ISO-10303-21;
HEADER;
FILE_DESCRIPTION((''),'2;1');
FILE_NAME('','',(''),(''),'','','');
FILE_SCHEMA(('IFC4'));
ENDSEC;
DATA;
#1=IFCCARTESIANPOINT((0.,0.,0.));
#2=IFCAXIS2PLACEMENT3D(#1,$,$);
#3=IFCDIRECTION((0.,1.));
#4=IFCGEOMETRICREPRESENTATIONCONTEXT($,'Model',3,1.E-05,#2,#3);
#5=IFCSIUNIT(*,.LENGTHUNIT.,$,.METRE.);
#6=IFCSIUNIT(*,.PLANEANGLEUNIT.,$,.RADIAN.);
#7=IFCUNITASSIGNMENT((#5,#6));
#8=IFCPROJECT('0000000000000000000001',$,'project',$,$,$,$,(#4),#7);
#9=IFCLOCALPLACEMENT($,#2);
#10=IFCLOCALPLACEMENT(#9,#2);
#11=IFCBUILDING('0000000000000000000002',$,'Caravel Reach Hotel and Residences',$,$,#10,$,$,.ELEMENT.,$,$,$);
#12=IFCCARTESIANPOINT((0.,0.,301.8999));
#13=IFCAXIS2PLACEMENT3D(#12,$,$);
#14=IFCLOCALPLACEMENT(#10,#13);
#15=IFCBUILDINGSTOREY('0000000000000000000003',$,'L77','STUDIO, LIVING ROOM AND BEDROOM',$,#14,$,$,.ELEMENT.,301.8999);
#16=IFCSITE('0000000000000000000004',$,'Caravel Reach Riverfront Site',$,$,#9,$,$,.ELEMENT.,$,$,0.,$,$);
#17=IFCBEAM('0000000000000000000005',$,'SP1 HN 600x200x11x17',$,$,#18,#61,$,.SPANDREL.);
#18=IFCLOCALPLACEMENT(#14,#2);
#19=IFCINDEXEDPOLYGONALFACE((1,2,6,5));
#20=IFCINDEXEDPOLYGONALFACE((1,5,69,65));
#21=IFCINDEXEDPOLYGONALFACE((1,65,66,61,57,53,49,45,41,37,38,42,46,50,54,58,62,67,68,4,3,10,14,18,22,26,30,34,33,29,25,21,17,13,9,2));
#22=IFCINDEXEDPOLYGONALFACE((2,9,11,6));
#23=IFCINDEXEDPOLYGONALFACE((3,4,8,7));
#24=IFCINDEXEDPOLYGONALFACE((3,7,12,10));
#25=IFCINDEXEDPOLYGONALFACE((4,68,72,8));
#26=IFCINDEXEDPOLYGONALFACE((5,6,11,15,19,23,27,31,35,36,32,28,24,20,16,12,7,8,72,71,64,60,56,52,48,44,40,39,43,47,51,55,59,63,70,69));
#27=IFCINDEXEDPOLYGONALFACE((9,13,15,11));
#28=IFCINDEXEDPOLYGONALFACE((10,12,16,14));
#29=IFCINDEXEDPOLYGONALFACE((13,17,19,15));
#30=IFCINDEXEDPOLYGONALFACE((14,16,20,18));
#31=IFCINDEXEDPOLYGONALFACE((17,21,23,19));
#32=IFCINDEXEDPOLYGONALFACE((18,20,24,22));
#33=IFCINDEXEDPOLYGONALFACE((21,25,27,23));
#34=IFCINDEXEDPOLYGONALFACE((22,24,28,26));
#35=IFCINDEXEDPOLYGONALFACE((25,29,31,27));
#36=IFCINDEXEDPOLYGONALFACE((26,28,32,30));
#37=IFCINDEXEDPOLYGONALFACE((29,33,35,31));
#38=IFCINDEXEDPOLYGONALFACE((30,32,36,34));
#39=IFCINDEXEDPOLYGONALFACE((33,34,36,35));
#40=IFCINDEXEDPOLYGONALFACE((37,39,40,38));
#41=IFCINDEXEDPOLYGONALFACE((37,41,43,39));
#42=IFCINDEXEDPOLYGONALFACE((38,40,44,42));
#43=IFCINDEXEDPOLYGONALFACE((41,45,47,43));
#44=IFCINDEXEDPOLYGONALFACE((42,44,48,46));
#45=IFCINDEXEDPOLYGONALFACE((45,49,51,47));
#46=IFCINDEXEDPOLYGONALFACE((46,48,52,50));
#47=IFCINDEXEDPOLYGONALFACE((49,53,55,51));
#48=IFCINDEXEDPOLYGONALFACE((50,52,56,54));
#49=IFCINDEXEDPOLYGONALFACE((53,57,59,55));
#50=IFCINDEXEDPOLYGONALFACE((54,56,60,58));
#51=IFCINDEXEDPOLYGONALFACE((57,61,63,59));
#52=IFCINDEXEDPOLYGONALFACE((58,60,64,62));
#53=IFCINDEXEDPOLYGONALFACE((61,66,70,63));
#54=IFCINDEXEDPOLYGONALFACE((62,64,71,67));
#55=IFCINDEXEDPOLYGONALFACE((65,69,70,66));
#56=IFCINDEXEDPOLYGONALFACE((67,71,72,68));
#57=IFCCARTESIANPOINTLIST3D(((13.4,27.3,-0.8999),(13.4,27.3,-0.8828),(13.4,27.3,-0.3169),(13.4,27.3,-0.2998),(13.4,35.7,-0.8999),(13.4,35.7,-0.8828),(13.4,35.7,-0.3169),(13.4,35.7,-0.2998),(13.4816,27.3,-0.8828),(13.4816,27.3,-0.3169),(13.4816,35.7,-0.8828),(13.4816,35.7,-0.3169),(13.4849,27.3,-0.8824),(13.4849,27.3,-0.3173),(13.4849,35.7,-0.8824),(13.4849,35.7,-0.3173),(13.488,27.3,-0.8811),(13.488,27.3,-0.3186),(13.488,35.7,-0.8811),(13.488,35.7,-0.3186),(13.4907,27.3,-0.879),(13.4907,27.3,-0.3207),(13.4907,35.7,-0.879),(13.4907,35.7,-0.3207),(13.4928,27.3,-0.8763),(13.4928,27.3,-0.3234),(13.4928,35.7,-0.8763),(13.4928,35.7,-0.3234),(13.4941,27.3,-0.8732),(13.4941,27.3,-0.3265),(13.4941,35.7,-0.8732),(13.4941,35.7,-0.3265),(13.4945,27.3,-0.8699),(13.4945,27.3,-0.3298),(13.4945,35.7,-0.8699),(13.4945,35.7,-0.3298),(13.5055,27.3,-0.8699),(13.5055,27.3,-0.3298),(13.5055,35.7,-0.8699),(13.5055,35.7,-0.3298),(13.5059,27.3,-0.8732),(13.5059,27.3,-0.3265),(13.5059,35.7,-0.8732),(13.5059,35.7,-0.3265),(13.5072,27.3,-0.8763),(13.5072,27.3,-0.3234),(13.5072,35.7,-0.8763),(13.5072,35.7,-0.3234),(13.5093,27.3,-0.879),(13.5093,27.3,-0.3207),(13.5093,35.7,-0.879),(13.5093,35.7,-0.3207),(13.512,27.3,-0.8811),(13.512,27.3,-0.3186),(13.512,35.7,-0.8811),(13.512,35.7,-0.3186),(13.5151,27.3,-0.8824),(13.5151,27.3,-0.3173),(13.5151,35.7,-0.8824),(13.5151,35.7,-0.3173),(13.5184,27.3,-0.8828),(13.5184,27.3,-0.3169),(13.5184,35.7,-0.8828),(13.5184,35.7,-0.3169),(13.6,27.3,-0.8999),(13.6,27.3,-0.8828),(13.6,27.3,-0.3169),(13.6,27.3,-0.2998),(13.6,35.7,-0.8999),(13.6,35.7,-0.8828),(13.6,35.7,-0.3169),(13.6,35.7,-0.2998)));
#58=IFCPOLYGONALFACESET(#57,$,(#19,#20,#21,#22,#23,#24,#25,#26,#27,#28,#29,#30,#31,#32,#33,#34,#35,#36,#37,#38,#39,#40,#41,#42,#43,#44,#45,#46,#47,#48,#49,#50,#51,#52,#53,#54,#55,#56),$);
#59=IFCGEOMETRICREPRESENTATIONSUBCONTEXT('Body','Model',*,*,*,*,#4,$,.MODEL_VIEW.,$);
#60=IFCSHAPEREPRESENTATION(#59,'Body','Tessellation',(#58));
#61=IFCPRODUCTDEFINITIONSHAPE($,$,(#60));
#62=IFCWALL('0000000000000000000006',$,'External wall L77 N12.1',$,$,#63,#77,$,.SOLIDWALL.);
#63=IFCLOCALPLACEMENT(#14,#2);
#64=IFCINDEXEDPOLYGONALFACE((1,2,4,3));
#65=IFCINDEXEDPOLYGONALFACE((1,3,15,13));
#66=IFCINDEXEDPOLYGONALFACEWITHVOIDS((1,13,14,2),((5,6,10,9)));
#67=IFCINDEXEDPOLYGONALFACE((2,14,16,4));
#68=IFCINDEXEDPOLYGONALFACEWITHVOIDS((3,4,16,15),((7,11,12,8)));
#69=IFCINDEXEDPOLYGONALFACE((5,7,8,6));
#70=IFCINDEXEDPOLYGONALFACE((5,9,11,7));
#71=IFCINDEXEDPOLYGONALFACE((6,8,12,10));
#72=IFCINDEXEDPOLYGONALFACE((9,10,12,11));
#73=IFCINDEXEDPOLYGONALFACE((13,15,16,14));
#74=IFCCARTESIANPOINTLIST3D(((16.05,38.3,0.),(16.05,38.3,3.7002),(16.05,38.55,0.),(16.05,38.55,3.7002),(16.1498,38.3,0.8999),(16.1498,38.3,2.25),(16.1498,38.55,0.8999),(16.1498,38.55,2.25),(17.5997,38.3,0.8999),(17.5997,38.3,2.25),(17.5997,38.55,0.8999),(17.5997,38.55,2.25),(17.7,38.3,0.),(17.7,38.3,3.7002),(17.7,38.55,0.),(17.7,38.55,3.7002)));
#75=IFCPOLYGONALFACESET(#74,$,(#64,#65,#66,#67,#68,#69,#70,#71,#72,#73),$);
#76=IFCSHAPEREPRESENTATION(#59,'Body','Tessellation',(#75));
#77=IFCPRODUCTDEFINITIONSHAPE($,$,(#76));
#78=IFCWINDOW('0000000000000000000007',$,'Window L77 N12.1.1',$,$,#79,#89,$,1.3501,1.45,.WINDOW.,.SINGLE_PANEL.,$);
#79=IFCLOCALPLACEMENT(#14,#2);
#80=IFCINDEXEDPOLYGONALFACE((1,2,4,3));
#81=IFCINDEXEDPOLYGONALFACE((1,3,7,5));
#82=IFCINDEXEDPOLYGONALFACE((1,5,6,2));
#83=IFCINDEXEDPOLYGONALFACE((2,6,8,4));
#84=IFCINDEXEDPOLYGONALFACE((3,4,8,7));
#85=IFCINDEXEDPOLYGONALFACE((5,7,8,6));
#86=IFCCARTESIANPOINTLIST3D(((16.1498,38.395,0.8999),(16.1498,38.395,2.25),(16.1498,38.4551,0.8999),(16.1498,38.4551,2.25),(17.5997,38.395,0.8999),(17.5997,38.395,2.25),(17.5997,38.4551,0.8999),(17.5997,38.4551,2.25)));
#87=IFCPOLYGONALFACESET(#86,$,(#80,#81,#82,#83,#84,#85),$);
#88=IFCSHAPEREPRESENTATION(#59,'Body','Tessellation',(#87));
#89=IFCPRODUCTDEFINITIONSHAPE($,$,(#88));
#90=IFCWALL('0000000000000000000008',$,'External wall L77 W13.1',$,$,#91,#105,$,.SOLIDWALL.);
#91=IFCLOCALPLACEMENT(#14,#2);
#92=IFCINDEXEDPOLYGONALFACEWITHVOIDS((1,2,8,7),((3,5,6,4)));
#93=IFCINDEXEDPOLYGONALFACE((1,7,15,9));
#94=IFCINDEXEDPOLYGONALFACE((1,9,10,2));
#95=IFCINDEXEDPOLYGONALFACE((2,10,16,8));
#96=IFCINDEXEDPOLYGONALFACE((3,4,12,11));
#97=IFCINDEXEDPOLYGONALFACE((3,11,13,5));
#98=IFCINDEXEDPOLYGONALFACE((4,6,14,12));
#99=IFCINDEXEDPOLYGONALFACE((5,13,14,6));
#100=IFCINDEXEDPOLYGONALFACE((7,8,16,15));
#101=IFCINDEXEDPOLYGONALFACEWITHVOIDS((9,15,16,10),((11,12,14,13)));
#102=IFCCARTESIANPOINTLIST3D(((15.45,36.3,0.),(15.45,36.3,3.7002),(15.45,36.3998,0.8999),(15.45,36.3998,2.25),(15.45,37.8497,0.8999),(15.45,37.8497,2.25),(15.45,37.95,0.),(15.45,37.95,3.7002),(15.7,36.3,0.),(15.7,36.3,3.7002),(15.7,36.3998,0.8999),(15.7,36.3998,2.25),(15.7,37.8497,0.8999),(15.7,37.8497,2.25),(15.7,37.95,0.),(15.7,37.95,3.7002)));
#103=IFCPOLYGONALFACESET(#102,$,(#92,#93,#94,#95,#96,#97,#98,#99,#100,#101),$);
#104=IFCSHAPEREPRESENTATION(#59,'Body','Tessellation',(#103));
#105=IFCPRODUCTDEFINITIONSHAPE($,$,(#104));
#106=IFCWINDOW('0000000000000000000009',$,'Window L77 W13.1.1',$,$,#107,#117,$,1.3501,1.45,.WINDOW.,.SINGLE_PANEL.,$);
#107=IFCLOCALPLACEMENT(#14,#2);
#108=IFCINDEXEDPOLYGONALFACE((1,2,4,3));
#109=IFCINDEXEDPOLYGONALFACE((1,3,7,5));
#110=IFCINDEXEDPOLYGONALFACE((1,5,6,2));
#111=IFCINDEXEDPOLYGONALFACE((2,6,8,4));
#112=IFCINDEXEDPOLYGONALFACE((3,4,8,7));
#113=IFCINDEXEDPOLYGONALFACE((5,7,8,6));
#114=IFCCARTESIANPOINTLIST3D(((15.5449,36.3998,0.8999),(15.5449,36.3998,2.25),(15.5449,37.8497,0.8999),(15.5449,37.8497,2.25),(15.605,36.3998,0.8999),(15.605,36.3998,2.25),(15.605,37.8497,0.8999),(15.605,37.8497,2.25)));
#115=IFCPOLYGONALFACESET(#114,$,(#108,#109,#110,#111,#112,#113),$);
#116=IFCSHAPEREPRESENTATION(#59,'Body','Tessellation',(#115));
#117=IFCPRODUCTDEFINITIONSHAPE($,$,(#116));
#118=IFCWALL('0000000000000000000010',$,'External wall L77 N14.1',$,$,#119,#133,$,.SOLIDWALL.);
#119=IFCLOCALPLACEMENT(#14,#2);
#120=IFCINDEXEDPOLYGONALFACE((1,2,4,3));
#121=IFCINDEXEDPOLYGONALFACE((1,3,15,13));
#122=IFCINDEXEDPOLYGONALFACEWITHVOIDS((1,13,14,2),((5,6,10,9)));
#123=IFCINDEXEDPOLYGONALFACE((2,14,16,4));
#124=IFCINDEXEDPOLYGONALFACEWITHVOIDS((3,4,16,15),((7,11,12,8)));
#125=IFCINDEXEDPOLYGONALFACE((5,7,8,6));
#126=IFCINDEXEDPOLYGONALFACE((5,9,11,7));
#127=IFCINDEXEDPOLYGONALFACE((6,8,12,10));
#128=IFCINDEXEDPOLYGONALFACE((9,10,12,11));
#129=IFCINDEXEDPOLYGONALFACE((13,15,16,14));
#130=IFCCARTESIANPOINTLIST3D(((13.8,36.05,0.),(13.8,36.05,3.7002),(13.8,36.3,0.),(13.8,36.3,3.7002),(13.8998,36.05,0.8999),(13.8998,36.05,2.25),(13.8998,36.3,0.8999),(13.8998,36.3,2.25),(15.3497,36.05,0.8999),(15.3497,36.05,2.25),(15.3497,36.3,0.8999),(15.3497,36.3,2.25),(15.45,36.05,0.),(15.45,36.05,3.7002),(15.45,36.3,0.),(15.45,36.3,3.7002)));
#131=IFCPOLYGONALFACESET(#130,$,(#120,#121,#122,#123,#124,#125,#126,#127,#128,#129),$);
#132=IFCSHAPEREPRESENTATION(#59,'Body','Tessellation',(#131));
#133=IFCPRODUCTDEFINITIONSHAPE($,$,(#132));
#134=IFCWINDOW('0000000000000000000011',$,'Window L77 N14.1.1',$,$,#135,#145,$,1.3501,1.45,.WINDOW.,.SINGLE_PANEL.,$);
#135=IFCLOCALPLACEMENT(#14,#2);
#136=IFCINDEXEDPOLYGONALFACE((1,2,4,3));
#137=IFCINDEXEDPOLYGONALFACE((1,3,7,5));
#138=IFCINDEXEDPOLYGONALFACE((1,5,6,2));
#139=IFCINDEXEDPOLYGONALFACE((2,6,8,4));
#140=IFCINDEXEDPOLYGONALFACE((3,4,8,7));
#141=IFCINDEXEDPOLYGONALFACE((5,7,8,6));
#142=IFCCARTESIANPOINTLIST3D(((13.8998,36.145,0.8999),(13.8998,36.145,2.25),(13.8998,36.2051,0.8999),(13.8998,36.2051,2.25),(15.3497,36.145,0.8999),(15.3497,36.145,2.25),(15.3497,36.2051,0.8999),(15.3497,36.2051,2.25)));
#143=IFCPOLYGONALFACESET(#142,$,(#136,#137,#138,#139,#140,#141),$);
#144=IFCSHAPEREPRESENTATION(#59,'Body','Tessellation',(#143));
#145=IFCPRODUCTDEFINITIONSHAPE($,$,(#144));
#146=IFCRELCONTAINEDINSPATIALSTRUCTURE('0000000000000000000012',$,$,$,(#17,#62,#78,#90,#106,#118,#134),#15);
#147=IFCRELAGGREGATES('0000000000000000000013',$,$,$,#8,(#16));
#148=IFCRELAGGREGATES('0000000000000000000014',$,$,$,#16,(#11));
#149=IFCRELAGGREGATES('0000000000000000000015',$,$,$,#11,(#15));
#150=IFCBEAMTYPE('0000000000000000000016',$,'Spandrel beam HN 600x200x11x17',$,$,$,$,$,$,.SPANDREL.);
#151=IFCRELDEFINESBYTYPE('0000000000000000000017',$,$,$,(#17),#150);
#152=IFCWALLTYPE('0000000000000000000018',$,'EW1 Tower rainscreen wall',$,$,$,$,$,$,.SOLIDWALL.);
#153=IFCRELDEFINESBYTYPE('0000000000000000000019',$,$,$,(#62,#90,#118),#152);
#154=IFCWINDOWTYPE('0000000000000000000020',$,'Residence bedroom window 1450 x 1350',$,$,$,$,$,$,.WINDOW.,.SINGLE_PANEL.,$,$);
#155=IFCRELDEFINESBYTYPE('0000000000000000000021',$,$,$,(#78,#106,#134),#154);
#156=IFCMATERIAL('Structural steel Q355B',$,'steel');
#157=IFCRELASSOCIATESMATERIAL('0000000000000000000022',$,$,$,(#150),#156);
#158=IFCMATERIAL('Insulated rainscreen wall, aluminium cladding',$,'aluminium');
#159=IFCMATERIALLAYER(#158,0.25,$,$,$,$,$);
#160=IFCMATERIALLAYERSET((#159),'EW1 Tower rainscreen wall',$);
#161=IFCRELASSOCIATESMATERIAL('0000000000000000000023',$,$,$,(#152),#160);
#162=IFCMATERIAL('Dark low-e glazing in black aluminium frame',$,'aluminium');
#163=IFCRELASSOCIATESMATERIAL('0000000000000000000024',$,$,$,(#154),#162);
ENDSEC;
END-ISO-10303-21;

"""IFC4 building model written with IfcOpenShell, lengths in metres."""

from ifc_helpers import new_model, si_unit, direction, frame, frame_2d, origin, origin_2d, place, context, subcontext, project, spatial, rectangle, i_section, extrude, material, layer, layer_set, material_profile, profile_set, type_object, element, fill, save


model = new_model("IFC4")

# Units and contexts
model_context = context("Model", 3, precision=1e-05, world=origin(), true_north=direction((0.0, 1.0)))
body_context = subcontext(model_context, "Body", "Model", "MODEL_VIEW")
ifc_project = project(units=[si_unit("LENGTHUNIT", "METRE"), si_unit("PLANEANGLEUNIT", "RADIAN")], contexts=[model_context])

# Site, building, storey
site_placement = place(None, origin())
site = spatial("IfcSite", under=ifc_project, at=site_placement, Name="Caravel Reach Riverfront Site", CompositionType="ELEMENT", RefElevation=0.0)
building_placement = place(site_placement, origin())
building = spatial("IfcBuilding", under=site, at=building_placement, Name="Caravel Reach Hotel and Residences", CompositionType="ELEMENT")
storey_placement = place(building_placement, frame((0.0, 0.0, 301.8999)))
storey = spatial("IfcBuildingStorey", under=building, at=storey_placement, Name="L77", Description="STUDIO, LIVING ROOM AND BEDROOM", CompositionType="ELEMENT", Elevation=301.8999)

# Beam
ifc_material_1 = material(Name="Structural steel Q355B", Category="steel")
ifc_material_profile_1 = material_profile(ifc_material_1, i_section(OverallWidth=0.2, OverallDepth=0.6001, WebThickness=0.011, FlangeThickness=0.0171, FilletRadius=0.0129, at=origin_2d()), Name="HN 600x200x11x17")
ifc_profile_set_1 = profile_set([ifc_material_profile_1], Name="Structural steel Q355B")
beam_type = type_object("IfcBeamType", Name="Spandrel beam HN 600x200x11x17", PredefinedType="SPANDREL", material=ifc_profile_set_1)
beam_placement = place(storey_placement, frame((13.5, 35.7, -0.5999), z_axis=(0.0, -1.0, 0.0), x_axis=(1.0, 0.0, 0.0)))
element("IfcBeam", 1, at=beam_placement, inside=storey, type_object=beam_type, Name="SP1 HN 600x200x11x17", PredefinedType="SPANDREL", context=body_context, shape_type="SweptSolid", body=[
    extrude(i_section(OverallWidth=0.2, OverallDepth=0.6001, WebThickness=0.011, FlangeThickness=0.0171, FilletRadius=0.0129, at=origin_2d()), origin(), (0.0, 0.0, 1.0), 8.3999),
])

# Walls, openings, windows
ifc_material_2 = material(Name="Insulated rainscreen wall, aluminium cladding", Category="aluminium")
ifc_layer = layer(ifc_material_2, 0.25)
ifc_layer_set = layer_set([ifc_layer], Name="EW1 Tower rainscreen wall")
wall_type = type_object("IfcWallType", Name="EW1 Tower rainscreen wall", PredefinedType="SOLIDWALL", material=ifc_layer_set)
wall_1_placement = place(storey_placement, frame((17.7, 38.425, 0.0), z_axis=(0.0, 0.0, 1.0), x_axis=(-1.0, 0.0, 0.0)))
wall_1 = element("IfcWall", 2, at=wall_1_placement, inside=storey, type_object=wall_type, Name="External wall L77 N12.1", PredefinedType="SOLIDWALL", context=body_context, shape_type="SweptSolid", body=[
    extrude(rectangle(XDim=1.6499, YDim=0.25, at=frame_2d((0.825, 0.0))), origin(), (0.0, 0.0, 1.0), 3.7002),
])
opening_1_placement = place(wall_1_placement, frame((0.1001, 0.0, 0.8999)))
opening_1 = element("IfcOpeningElement", 3, at=opening_1_placement, cuts=wall_1, PredefinedType="OPENING", context=body_context, shape_type="SweptSolid", body=[
    extrude(rectangle(XDim=1.45, YDim=1.3501, at=frame_2d((0.7251, 0.675))), frame((0.0, 0.135, 0.0), z_axis=(0.0, -1.0, 0.0), x_axis=(1.0, 0.0, 0.0)), (0.0, 0.0, 1.0), 0.27),
])
ifc_material_3 = material(Name="Dark low-e glazing in black aluminium frame", Category="aluminium")
window_type_1 = type_object("IfcWindowType", Name="Residence bedroom window 1450 x 1350", PartitioningType="SINGLE_PANEL", PredefinedType="WINDOW", material=ifc_material_3)
window_1_placement = place(opening_1_placement, origin())
window_1 = element("IfcWindow", 4, at=window_1_placement, inside=storey, type_object=window_type_1, Name="Window L77 N12.1.1", OverallHeight=1.3501, OverallWidth=1.45, PartitioningType="SINGLE_PANEL", PredefinedType="WINDOW", context=body_context, shape_type="SweptSolid", body=[
    extrude(rectangle(XDim=1.45, YDim=1.3501, at=frame_2d((0.7251, 0.675))), frame((0.0, 0.03, 0.0), z_axis=(0.0, -1.0, 0.0), x_axis=(1.0, 0.0, 0.0)), (0.0, 0.0, 1.0), 0.0601),
])
fill(opening_1, window_1)
wall_2_placement = place(storey_placement, frame((15.575, 37.95, 0.0), z_axis=(0.0, 0.0, 1.0), x_axis=(0.0, -1.0, 0.0)))
wall_2 = element("IfcWall", 5, at=wall_2_placement, inside=storey, type_object=wall_type, Name="External wall L77 W13.1", PredefinedType="SOLIDWALL", context=body_context, shape_type="SweptSolid", body=[
    extrude(rectangle(XDim=1.6499, YDim=0.25, at=frame_2d((0.825, 0.0))), origin(), (0.0, 0.0, 1.0), 3.7002),
])
opening_2_placement = place(wall_2_placement, frame((0.1001, 0.0, 0.8999)))
opening_2 = element("IfcOpeningElement", 6, at=opening_2_placement, cuts=wall_2, PredefinedType="OPENING", context=body_context, shape_type="SweptSolid", body=[
    extrude(rectangle(XDim=1.45, YDim=1.3501, at=frame_2d((0.7251, 0.675))), frame((0.0, 0.135, 0.0), z_axis=(0.0, -1.0, 0.0), x_axis=(1.0, 0.0, 0.0)), (0.0, 0.0, 1.0), 0.27),
])
window_2_placement = place(opening_2_placement, origin())
window_2 = element("IfcWindow", 7, at=window_2_placement, inside=storey, type_object=window_type_1, Name="Window L77 W13.1.1", OverallHeight=1.3501, OverallWidth=1.45, PartitioningType="SINGLE_PANEL", PredefinedType="WINDOW", context=body_context, shape_type="SweptSolid", body=[
    extrude(rectangle(XDim=1.45, YDim=1.3501, at=frame_2d((0.7251, 0.675))), frame((0.0, 0.03, 0.0), z_axis=(0.0, -1.0, 0.0), x_axis=(1.0, 0.0, 0.0)), (0.0, 0.0, 1.0), 0.0601),
])
fill(opening_2, window_2)
wall_3_placement = place(storey_placement, frame((15.45, 36.175, 0.0), z_axis=(0.0, 0.0, 1.0), x_axis=(-1.0, 0.0, 0.0)))
wall_3 = element("IfcWall", 8, at=wall_3_placement, inside=storey, type_object=wall_type, Name="External wall L77 N14.1", PredefinedType="SOLIDWALL", context=body_context, shape_type="SweptSolid", body=[
    extrude(rectangle(XDim=1.6499, YDim=0.25, at=frame_2d((0.825, 0.0))), origin(), (0.0, 0.0, 1.0), 3.7002),
])
opening_3_placement = place(wall_3_placement, frame((0.1001, 0.0, 0.8999)))
opening_3 = element("IfcOpeningElement", 9, at=opening_3_placement, cuts=wall_3, PredefinedType="OPENING", context=body_context, shape_type="SweptSolid", body=[
    extrude(rectangle(XDim=1.45, YDim=1.3501, at=frame_2d((0.7251, 0.675))), frame((0.0, 0.135, 0.0), z_axis=(0.0, -1.0, 0.0), x_axis=(1.0, 0.0, 0.0)), (0.0, 0.0, 1.0), 0.27),
])
window_3_placement = place(opening_3_placement, origin())
window_3 = element("IfcWindow", 10, at=window_3_placement, inside=storey, type_object=window_type_1, Name="Window L77 N14.1.1", OverallHeight=1.3501, OverallWidth=1.45, PartitioningType="SINGLE_PANEL", PredefinedType="WINDOW", context=body_context, shape_type="SweptSolid", body=[
    extrude(rectangle(XDim=1.45, YDim=1.3501, at=frame_2d((0.7251, 0.675))), frame((0.0, 0.03, 0.0), z_axis=(0.0, -1.0, 0.0), x_axis=(1.0, 0.0, 0.0)), (0.0, 0.0, 1.0), 0.0601),
])
fill(opening_3, window_3)

save(model, "model.ifc")
